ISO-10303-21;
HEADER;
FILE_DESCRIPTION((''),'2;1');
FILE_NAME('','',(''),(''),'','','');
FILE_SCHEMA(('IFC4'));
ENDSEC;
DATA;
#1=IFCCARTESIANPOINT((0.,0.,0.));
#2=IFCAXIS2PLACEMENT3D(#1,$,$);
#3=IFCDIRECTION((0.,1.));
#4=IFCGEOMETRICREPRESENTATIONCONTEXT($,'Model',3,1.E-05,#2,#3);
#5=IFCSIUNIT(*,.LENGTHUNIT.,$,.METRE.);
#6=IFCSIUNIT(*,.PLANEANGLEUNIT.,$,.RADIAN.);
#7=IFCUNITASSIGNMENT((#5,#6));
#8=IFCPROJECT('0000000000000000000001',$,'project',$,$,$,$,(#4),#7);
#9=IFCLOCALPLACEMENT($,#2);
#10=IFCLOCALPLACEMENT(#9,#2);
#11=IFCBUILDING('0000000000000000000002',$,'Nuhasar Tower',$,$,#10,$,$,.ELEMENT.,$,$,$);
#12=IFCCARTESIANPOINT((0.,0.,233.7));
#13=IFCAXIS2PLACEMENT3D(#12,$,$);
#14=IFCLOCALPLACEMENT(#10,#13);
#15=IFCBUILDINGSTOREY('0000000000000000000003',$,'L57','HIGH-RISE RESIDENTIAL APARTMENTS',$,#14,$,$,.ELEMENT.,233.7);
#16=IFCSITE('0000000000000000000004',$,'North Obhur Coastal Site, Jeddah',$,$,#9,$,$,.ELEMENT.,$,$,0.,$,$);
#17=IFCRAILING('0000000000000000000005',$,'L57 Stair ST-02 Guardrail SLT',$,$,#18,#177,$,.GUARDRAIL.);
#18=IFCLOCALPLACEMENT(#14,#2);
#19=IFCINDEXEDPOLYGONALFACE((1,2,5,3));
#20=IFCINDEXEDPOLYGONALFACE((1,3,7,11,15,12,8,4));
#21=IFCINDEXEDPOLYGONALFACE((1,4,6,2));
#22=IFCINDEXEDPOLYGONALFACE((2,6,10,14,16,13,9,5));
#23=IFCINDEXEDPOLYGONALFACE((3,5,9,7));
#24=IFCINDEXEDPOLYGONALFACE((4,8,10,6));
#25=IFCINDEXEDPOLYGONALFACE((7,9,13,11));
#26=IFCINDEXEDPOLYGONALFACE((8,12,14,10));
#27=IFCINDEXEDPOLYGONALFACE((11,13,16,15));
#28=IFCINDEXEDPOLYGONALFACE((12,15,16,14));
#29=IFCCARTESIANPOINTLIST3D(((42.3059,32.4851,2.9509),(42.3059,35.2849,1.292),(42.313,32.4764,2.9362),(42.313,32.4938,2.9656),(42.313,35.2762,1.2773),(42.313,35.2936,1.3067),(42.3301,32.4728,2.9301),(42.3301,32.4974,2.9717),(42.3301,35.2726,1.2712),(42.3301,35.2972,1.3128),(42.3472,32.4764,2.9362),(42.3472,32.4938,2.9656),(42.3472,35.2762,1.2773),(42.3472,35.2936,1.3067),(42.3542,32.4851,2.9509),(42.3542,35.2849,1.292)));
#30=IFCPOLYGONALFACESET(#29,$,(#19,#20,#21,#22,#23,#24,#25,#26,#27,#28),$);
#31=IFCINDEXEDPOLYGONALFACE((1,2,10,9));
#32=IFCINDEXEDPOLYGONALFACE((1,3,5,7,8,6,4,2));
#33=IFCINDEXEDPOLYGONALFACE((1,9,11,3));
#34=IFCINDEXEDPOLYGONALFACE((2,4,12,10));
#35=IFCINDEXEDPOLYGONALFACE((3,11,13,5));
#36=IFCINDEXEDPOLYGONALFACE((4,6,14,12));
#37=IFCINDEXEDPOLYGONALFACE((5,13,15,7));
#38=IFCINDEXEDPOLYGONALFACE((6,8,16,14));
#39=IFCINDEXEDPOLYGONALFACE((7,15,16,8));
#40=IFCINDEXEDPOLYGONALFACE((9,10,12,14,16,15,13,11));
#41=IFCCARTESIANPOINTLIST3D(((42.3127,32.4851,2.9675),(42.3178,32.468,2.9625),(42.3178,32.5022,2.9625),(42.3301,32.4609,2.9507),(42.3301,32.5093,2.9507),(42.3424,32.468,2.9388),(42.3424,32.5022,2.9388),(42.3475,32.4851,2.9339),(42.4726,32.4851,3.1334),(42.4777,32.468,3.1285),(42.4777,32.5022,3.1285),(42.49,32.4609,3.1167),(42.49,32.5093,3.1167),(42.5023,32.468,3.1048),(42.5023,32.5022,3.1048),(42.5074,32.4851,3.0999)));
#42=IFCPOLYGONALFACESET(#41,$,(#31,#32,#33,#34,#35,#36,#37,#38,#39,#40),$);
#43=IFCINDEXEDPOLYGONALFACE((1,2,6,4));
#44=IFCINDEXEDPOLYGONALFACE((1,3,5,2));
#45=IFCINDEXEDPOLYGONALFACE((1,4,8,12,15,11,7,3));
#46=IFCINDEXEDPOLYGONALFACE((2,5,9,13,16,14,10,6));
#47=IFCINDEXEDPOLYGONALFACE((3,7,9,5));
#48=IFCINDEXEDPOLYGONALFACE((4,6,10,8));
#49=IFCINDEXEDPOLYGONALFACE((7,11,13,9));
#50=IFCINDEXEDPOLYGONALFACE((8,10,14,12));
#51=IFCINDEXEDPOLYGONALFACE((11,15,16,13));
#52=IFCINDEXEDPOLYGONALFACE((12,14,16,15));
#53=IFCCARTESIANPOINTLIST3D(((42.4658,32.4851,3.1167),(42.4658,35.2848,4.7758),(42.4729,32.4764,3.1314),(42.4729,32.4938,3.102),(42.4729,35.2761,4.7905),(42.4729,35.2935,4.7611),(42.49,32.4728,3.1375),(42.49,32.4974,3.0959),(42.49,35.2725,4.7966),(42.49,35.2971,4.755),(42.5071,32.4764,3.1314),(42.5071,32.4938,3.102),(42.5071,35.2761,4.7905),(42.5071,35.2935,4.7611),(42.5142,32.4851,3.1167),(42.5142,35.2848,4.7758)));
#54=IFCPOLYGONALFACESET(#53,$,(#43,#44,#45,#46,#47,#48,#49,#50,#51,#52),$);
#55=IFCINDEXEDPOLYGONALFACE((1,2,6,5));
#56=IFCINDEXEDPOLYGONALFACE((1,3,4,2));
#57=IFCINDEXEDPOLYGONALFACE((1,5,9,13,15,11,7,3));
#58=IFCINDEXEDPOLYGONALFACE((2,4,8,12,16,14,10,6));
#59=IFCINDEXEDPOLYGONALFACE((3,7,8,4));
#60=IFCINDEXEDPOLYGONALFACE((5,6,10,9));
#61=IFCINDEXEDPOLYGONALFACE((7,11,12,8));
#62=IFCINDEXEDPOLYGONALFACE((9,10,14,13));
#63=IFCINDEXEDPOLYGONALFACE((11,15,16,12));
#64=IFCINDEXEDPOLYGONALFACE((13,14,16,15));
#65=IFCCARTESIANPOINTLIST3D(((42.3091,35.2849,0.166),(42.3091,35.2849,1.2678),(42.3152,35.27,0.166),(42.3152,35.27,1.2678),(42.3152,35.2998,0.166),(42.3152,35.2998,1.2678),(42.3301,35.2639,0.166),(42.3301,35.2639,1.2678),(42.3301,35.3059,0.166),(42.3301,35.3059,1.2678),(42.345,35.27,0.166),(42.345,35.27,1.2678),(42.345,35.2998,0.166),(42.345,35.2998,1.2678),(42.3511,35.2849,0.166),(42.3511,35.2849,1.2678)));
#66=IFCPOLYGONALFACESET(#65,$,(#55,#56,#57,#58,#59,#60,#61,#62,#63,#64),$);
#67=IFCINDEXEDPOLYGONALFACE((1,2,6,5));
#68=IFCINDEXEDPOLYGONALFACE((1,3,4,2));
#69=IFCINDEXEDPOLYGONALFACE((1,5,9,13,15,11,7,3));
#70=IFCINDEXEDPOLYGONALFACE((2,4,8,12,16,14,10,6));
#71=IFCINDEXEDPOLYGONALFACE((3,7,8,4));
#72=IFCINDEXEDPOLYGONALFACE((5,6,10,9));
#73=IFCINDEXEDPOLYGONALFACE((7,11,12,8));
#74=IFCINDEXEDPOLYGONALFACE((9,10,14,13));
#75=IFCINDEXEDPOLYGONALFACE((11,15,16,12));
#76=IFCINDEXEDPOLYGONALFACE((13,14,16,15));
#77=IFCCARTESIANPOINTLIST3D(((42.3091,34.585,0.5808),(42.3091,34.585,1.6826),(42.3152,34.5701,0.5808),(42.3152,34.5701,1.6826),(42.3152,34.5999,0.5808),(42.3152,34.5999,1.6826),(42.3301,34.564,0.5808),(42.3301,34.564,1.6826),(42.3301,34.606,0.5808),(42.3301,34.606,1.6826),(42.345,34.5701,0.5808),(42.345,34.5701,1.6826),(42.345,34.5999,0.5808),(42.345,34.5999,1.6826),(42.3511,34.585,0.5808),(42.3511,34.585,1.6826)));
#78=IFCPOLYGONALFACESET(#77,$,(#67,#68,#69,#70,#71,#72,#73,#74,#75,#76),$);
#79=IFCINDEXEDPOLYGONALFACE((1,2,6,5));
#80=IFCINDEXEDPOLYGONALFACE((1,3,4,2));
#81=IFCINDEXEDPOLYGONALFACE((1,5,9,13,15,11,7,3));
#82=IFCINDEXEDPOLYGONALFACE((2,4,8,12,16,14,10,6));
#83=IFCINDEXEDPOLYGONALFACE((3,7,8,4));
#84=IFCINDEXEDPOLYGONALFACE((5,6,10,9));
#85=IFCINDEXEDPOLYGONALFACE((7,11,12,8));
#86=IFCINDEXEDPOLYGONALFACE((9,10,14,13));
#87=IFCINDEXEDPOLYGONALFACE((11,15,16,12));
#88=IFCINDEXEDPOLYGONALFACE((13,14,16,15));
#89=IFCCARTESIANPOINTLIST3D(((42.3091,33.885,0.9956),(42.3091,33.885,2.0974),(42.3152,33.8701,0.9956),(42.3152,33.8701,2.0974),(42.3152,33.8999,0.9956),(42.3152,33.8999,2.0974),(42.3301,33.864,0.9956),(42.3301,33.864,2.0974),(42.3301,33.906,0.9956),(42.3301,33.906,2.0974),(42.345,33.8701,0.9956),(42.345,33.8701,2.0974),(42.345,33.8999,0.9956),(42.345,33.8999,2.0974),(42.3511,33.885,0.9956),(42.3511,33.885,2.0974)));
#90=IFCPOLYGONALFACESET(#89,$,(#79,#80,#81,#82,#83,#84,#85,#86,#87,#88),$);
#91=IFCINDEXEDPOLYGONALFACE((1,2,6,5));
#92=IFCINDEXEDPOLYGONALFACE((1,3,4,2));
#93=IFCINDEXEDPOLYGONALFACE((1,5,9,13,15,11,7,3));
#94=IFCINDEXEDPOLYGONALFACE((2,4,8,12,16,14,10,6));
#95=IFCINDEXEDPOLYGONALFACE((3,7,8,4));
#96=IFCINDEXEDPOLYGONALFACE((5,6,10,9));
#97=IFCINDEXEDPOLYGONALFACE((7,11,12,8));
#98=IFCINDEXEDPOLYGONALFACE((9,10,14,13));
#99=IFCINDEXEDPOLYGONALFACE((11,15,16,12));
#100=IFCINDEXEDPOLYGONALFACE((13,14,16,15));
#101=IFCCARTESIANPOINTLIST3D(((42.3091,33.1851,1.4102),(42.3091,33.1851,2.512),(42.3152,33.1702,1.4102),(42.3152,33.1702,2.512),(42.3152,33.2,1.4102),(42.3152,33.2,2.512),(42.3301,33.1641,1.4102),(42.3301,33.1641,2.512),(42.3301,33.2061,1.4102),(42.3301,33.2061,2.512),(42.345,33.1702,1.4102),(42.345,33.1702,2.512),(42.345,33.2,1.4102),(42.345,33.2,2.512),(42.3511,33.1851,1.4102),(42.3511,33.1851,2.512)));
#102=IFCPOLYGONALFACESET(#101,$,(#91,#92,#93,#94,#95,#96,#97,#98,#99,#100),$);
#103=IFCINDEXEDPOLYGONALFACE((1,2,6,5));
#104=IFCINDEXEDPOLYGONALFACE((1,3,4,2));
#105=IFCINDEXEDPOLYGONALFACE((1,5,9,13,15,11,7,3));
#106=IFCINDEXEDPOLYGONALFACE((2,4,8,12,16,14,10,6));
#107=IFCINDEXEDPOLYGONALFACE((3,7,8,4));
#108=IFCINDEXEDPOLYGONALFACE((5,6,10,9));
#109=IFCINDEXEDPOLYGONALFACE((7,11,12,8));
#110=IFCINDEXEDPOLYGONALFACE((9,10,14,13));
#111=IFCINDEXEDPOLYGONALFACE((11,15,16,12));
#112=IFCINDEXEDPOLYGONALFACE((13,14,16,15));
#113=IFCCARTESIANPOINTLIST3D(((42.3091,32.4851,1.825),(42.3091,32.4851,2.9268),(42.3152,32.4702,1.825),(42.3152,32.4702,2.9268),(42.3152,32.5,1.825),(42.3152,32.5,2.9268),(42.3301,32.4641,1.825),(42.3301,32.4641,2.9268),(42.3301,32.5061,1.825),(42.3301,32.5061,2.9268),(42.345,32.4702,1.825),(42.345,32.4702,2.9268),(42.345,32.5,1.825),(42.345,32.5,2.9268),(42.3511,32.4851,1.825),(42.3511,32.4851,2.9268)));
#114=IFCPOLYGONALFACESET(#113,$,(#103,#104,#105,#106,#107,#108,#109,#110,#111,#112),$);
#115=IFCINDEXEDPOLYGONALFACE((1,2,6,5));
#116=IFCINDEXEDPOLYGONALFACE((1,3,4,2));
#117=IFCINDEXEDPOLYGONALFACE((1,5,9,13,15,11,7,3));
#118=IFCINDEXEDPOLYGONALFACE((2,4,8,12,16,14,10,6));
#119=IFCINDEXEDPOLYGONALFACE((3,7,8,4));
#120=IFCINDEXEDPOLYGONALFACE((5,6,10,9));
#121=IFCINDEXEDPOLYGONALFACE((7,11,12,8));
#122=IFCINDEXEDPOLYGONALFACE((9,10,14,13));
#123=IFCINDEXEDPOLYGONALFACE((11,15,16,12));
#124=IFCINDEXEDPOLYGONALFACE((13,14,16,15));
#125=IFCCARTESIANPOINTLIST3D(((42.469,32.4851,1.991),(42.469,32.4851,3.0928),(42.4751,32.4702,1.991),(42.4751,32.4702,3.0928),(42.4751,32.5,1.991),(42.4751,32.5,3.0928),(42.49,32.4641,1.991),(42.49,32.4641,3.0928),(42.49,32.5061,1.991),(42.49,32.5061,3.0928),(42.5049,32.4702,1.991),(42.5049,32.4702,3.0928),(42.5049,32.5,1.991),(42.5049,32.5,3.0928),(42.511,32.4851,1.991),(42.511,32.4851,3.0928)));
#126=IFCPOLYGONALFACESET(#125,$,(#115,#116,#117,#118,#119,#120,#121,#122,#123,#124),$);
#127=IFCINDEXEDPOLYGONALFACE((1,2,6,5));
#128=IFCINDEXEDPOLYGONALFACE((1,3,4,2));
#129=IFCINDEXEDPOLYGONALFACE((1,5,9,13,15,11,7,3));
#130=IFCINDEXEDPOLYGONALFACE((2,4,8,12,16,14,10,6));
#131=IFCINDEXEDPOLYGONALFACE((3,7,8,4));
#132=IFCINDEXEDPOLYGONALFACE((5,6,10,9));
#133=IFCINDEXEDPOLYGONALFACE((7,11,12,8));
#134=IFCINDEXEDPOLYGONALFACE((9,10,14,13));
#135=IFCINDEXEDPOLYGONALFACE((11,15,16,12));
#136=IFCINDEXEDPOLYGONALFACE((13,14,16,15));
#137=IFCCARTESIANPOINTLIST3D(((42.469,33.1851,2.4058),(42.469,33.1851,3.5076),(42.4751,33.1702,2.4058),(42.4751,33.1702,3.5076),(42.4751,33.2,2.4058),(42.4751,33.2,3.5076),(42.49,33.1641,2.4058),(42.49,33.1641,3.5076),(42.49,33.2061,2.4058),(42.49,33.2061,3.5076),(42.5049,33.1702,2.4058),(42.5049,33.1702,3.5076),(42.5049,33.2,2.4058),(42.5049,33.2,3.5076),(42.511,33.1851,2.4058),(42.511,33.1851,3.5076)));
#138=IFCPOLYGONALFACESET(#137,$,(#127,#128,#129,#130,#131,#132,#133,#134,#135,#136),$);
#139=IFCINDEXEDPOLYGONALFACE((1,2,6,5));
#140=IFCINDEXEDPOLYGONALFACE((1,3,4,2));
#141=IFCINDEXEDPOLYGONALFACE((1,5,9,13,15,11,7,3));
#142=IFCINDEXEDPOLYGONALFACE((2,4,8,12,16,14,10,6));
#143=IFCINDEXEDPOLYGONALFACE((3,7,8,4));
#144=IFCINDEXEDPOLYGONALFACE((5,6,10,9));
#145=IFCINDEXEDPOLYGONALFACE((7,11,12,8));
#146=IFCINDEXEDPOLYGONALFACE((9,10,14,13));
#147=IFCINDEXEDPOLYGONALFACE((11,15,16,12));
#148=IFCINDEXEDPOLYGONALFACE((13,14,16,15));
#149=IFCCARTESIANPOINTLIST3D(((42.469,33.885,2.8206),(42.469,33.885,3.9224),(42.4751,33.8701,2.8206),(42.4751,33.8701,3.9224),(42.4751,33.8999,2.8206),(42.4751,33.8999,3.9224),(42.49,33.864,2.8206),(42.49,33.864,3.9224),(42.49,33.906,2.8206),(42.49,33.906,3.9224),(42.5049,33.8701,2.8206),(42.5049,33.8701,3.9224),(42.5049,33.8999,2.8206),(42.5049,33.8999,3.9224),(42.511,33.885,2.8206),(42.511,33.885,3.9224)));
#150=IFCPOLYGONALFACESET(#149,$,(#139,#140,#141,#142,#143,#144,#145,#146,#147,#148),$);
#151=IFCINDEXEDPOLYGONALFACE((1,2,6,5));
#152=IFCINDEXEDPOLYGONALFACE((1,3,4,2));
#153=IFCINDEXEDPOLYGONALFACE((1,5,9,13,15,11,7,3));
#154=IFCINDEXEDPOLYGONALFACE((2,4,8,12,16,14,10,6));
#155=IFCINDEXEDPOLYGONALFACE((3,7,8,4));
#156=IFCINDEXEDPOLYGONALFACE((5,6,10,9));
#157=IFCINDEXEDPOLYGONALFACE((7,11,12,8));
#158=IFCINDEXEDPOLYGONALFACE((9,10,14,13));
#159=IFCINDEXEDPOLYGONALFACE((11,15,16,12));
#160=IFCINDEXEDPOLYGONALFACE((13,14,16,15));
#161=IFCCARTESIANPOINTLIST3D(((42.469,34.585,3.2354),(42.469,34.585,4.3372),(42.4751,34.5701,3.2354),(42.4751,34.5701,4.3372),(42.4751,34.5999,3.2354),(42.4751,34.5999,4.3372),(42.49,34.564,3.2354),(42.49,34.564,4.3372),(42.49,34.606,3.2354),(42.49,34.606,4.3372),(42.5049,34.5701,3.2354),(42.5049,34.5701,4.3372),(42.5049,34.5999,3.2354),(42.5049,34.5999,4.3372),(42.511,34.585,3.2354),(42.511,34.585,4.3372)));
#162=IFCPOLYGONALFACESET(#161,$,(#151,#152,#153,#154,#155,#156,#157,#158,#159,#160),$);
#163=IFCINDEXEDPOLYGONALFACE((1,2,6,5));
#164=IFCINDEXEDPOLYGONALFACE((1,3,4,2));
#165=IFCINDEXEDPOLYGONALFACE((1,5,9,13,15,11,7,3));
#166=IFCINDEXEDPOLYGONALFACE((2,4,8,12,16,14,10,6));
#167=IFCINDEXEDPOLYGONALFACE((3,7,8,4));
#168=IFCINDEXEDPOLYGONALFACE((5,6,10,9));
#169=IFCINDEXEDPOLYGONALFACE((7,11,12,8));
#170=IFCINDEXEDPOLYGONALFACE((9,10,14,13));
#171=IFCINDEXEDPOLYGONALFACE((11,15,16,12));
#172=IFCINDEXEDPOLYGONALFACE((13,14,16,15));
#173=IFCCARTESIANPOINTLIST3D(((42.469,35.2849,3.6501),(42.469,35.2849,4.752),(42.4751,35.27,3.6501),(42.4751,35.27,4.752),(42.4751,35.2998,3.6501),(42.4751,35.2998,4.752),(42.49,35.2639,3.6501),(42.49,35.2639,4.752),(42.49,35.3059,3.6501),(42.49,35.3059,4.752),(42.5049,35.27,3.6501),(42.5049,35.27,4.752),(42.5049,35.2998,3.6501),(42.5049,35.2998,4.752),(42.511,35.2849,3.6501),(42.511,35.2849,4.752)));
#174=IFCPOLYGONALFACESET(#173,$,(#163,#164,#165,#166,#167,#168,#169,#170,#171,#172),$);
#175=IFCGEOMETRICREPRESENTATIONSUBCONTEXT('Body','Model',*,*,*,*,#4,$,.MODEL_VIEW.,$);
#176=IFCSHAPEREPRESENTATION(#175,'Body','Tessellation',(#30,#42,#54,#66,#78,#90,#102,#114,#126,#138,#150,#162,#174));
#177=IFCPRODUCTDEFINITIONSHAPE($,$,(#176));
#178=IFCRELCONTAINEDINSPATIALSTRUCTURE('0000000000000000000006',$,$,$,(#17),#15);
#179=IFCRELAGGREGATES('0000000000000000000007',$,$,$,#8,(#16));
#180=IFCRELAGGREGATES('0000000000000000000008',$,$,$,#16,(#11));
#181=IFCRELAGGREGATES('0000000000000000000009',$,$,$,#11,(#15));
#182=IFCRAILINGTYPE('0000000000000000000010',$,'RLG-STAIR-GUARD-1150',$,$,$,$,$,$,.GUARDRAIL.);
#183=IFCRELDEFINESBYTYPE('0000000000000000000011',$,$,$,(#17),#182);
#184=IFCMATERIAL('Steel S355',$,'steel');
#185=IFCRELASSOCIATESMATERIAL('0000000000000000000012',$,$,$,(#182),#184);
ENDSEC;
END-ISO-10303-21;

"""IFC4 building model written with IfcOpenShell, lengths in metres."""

from ifc_helpers import new_model, si_unit, direction, frame, origin, place, context, subcontext, project, spatial, polyline, outline, extrude, material, type_object, element, save


model = new_model("IFC4")

# Units and contexts
model_context = context("Model", 3, precision=1e-05, world=origin(), true_north=direction((0.0, 1.0)))
body_context = subcontext(model_context, "Body", "Model", "MODEL_VIEW")
ifc_project = project(units=[si_unit("LENGTHUNIT", "METRE"), si_unit("PLANEANGLEUNIT", "RADIAN")], contexts=[model_context])

# Site, building, storey
site_placement = place(None, origin())
site = spatial("IfcSite", under=ifc_project, at=site_placement, Name="North Obhur Coastal Site, Jeddah", CompositionType="ELEMENT", RefElevation=0.0)
building_placement = place(site_placement, origin())
building = spatial("IfcBuilding", under=site, at=building_placement, Name="Nuhasar Tower", CompositionType="ELEMENT")
storey_placement = place(building_placement, frame((0.0, 0.0, 233.7)))
storey = spatial("IfcBuildingStorey", under=building, at=storey_placement, Name="L57", Description="HIGH-RISE RESIDENTIAL APARTMENTS", CompositionType="ELEMENT", Elevation=233.7)

# Shared definitions
ifc_material_1 = material(Name="Steel S355", Category="steel")

# Railing
railing_type_1 = type_object("IfcRailingType", Name="RLG-STAIR-GUARD-1150", PredefinedType="GUARDRAIL", material=ifc_material_1)
railing_1_placement = place(storey_placement, frame((42.3301, 35.2849, 0.166)))
element("IfcRailing", 1, at=railing_1_placement, inside=storey, type_object=railing_type_1, Name="L57 Stair ST-02 Guardrail SLT", PredefinedType="GUARDRAIL", context=body_context, shape_type="SweptSolid", body=[
    extrude(outline(polyline([(0.0242, 0.0), (0.0171, 0.0171), (0.0, 0.0242), (-0.0171, 0.0171), (-0.0242, 0.0), (-0.0171, -0.0171), (0.0, -0.0242), (0.0171, -0.0171), (0.0242, 0.0)])), frame((0.0, 0.0, 1.126), z_axis=(0.0, -0.86032, 0.509755), x_axis=(1.0, 0.0, 0.0)), (0.0, 0.0, 1.0), 3.2544),
    extrude(outline(polyline([(0.0242, 0.0), (0.0171, 0.0171), (0.0, 0.0242), (-0.0171, 0.0171), (-0.0242, 0.0), (-0.0171, -0.0171), (0.0, -0.0242), (0.0171, -0.0171), (0.0242, 0.0)])), frame((0.0, -2.7998, 2.7847), z_axis=(0.693743, 0.0, 0.720222), x_axis=(0.0, 1.0, 0.0)), (0.0, 0.0, 1.0), 0.2305),
    extrude(outline(polyline([(0.0242, 0.0), (0.0171, 0.0171), (0.0, 0.0242), (-0.0171, 0.0171), (-0.0242, 0.0), (-0.0171, -0.0171), (0.0, -0.0242), (0.0171, -0.0171), (0.0242, 0.0)])), frame((0.1599, -2.7998, 2.9507), z_axis=(0.0, 0.860287, 0.509811), x_axis=(-1.0, 0.0, 0.0)), (0.0, 0.0, 1.0), 3.2544),
    extrude(outline(polyline([(0.021, 0.0), (0.0149, 0.0149), (0.0, 0.021), (-0.0149, 0.0149), (-0.021, 0.0), (-0.0149, -0.0149), (0.0, -0.021), (0.0149, -0.0149), (0.021, 0.0)])), origin(), (0.0, 0.0, 1.0), 1.1018),
    extrude(outline(polyline([(0.021, 0.0), (0.0149, 0.0149), (0.0, 0.021), (-0.0149, 0.0149), (-0.021, 0.0), (-0.0149, -0.0149), (0.0, -0.021), (0.0149, -0.0149), (0.021, 0.0)])), frame((0.0, -0.7, 0.4148)), (0.0, 0.0, 1.0), 1.1018),
    extrude(outline(polyline([(0.021, 0.0), (0.0149, 0.0149), (0.0, 0.021), (-0.0149, 0.0149), (-0.021, 0.0), (-0.0149, -0.0149), (0.0, -0.021), (0.0149, -0.0149), (0.021, 0.0)])), frame((0.0, -1.3999, 0.8296)), (0.0, 0.0, 1.0), 1.1018),
    extrude(outline(polyline([(0.021, 0.0), (0.0149, 0.0149), (0.0, 0.021), (-0.0149, 0.0149), (-0.021, 0.0), (-0.0149, -0.0149), (0.0, -0.021), (0.0149, -0.0149), (0.021, 0.0)])), frame((0.0, -2.0999, 1.2441)), (0.0, 0.0, 1.0), 1.1018),
    extrude(outline(polyline([(0.021, 0.0), (0.0149, 0.0149), (0.0, 0.021), (-0.0149, 0.0149), (-0.021, 0.0), (-0.0149, -0.0149), (0.0, -0.021), (0.0149, -0.0149), (0.021, 0.0)])), frame((0.0, -2.7998, 1.6589)), (0.0, 0.0, 1.0), 1.1018),
    extrude(outline(polyline([(0.021, 0.0), (0.0149, 0.0149), (0.0, 0.021), (-0.0149, 0.0149), (-0.021, 0.0), (-0.0149, -0.0149), (0.0, -0.021), (0.0149, -0.0149), (0.021, 0.0)])), frame((0.1599, -2.7998, 1.825)), (0.0, 0.0, 1.0), 1.1018),
    extrude(outline(polyline([(0.021, 0.0), (0.0149, 0.0149), (0.0, 0.021), (-0.0149, 0.0149), (-0.021, 0.0), (-0.0149, -0.0149), (0.0, -0.021), (0.0149, -0.0149), (0.021, 0.0)])), frame((0.1599, -2.0999, 2.2397)), (0.0, 0.0, 1.0), 1.1018),
    extrude(outline(polyline([(0.021, 0.0), (0.0149, 0.0149), (0.0, 0.021), (-0.0149, 0.0149), (-0.021, 0.0), (-0.0149, -0.0149), (0.0, -0.021), (0.0149, -0.0149), (0.021, 0.0)])), frame((0.1599, -1.3999, 2.6545)), (0.0, 0.0, 1.0), 1.1018),
    extrude(outline(polyline([(0.021, 0.0), (0.0149, 0.0149), (0.0, 0.021), (-0.0149, 0.0149), (-0.021, 0.0), (-0.0149, -0.0149), (0.0, -0.021), (0.0149, -0.0149), (0.021, 0.0)])), frame((0.1599, -0.7, 3.0693)), (0.0, 0.0, 1.0), 1.1018),
    extrude(outline(polyline([(0.021, 0.0), (0.0149, 0.0149), (0.0, 0.021), (-0.0149, 0.0149), (-0.021, 0.0), (-0.0149, -0.0149), (0.0, -0.021), (0.0149, -0.0149), (0.021, 0.0)])), frame((0.1599, 0.0, 3.4841)), (0.0, 0.0, 1.0), 1.1018),
])

save(model, "model.ifc")
